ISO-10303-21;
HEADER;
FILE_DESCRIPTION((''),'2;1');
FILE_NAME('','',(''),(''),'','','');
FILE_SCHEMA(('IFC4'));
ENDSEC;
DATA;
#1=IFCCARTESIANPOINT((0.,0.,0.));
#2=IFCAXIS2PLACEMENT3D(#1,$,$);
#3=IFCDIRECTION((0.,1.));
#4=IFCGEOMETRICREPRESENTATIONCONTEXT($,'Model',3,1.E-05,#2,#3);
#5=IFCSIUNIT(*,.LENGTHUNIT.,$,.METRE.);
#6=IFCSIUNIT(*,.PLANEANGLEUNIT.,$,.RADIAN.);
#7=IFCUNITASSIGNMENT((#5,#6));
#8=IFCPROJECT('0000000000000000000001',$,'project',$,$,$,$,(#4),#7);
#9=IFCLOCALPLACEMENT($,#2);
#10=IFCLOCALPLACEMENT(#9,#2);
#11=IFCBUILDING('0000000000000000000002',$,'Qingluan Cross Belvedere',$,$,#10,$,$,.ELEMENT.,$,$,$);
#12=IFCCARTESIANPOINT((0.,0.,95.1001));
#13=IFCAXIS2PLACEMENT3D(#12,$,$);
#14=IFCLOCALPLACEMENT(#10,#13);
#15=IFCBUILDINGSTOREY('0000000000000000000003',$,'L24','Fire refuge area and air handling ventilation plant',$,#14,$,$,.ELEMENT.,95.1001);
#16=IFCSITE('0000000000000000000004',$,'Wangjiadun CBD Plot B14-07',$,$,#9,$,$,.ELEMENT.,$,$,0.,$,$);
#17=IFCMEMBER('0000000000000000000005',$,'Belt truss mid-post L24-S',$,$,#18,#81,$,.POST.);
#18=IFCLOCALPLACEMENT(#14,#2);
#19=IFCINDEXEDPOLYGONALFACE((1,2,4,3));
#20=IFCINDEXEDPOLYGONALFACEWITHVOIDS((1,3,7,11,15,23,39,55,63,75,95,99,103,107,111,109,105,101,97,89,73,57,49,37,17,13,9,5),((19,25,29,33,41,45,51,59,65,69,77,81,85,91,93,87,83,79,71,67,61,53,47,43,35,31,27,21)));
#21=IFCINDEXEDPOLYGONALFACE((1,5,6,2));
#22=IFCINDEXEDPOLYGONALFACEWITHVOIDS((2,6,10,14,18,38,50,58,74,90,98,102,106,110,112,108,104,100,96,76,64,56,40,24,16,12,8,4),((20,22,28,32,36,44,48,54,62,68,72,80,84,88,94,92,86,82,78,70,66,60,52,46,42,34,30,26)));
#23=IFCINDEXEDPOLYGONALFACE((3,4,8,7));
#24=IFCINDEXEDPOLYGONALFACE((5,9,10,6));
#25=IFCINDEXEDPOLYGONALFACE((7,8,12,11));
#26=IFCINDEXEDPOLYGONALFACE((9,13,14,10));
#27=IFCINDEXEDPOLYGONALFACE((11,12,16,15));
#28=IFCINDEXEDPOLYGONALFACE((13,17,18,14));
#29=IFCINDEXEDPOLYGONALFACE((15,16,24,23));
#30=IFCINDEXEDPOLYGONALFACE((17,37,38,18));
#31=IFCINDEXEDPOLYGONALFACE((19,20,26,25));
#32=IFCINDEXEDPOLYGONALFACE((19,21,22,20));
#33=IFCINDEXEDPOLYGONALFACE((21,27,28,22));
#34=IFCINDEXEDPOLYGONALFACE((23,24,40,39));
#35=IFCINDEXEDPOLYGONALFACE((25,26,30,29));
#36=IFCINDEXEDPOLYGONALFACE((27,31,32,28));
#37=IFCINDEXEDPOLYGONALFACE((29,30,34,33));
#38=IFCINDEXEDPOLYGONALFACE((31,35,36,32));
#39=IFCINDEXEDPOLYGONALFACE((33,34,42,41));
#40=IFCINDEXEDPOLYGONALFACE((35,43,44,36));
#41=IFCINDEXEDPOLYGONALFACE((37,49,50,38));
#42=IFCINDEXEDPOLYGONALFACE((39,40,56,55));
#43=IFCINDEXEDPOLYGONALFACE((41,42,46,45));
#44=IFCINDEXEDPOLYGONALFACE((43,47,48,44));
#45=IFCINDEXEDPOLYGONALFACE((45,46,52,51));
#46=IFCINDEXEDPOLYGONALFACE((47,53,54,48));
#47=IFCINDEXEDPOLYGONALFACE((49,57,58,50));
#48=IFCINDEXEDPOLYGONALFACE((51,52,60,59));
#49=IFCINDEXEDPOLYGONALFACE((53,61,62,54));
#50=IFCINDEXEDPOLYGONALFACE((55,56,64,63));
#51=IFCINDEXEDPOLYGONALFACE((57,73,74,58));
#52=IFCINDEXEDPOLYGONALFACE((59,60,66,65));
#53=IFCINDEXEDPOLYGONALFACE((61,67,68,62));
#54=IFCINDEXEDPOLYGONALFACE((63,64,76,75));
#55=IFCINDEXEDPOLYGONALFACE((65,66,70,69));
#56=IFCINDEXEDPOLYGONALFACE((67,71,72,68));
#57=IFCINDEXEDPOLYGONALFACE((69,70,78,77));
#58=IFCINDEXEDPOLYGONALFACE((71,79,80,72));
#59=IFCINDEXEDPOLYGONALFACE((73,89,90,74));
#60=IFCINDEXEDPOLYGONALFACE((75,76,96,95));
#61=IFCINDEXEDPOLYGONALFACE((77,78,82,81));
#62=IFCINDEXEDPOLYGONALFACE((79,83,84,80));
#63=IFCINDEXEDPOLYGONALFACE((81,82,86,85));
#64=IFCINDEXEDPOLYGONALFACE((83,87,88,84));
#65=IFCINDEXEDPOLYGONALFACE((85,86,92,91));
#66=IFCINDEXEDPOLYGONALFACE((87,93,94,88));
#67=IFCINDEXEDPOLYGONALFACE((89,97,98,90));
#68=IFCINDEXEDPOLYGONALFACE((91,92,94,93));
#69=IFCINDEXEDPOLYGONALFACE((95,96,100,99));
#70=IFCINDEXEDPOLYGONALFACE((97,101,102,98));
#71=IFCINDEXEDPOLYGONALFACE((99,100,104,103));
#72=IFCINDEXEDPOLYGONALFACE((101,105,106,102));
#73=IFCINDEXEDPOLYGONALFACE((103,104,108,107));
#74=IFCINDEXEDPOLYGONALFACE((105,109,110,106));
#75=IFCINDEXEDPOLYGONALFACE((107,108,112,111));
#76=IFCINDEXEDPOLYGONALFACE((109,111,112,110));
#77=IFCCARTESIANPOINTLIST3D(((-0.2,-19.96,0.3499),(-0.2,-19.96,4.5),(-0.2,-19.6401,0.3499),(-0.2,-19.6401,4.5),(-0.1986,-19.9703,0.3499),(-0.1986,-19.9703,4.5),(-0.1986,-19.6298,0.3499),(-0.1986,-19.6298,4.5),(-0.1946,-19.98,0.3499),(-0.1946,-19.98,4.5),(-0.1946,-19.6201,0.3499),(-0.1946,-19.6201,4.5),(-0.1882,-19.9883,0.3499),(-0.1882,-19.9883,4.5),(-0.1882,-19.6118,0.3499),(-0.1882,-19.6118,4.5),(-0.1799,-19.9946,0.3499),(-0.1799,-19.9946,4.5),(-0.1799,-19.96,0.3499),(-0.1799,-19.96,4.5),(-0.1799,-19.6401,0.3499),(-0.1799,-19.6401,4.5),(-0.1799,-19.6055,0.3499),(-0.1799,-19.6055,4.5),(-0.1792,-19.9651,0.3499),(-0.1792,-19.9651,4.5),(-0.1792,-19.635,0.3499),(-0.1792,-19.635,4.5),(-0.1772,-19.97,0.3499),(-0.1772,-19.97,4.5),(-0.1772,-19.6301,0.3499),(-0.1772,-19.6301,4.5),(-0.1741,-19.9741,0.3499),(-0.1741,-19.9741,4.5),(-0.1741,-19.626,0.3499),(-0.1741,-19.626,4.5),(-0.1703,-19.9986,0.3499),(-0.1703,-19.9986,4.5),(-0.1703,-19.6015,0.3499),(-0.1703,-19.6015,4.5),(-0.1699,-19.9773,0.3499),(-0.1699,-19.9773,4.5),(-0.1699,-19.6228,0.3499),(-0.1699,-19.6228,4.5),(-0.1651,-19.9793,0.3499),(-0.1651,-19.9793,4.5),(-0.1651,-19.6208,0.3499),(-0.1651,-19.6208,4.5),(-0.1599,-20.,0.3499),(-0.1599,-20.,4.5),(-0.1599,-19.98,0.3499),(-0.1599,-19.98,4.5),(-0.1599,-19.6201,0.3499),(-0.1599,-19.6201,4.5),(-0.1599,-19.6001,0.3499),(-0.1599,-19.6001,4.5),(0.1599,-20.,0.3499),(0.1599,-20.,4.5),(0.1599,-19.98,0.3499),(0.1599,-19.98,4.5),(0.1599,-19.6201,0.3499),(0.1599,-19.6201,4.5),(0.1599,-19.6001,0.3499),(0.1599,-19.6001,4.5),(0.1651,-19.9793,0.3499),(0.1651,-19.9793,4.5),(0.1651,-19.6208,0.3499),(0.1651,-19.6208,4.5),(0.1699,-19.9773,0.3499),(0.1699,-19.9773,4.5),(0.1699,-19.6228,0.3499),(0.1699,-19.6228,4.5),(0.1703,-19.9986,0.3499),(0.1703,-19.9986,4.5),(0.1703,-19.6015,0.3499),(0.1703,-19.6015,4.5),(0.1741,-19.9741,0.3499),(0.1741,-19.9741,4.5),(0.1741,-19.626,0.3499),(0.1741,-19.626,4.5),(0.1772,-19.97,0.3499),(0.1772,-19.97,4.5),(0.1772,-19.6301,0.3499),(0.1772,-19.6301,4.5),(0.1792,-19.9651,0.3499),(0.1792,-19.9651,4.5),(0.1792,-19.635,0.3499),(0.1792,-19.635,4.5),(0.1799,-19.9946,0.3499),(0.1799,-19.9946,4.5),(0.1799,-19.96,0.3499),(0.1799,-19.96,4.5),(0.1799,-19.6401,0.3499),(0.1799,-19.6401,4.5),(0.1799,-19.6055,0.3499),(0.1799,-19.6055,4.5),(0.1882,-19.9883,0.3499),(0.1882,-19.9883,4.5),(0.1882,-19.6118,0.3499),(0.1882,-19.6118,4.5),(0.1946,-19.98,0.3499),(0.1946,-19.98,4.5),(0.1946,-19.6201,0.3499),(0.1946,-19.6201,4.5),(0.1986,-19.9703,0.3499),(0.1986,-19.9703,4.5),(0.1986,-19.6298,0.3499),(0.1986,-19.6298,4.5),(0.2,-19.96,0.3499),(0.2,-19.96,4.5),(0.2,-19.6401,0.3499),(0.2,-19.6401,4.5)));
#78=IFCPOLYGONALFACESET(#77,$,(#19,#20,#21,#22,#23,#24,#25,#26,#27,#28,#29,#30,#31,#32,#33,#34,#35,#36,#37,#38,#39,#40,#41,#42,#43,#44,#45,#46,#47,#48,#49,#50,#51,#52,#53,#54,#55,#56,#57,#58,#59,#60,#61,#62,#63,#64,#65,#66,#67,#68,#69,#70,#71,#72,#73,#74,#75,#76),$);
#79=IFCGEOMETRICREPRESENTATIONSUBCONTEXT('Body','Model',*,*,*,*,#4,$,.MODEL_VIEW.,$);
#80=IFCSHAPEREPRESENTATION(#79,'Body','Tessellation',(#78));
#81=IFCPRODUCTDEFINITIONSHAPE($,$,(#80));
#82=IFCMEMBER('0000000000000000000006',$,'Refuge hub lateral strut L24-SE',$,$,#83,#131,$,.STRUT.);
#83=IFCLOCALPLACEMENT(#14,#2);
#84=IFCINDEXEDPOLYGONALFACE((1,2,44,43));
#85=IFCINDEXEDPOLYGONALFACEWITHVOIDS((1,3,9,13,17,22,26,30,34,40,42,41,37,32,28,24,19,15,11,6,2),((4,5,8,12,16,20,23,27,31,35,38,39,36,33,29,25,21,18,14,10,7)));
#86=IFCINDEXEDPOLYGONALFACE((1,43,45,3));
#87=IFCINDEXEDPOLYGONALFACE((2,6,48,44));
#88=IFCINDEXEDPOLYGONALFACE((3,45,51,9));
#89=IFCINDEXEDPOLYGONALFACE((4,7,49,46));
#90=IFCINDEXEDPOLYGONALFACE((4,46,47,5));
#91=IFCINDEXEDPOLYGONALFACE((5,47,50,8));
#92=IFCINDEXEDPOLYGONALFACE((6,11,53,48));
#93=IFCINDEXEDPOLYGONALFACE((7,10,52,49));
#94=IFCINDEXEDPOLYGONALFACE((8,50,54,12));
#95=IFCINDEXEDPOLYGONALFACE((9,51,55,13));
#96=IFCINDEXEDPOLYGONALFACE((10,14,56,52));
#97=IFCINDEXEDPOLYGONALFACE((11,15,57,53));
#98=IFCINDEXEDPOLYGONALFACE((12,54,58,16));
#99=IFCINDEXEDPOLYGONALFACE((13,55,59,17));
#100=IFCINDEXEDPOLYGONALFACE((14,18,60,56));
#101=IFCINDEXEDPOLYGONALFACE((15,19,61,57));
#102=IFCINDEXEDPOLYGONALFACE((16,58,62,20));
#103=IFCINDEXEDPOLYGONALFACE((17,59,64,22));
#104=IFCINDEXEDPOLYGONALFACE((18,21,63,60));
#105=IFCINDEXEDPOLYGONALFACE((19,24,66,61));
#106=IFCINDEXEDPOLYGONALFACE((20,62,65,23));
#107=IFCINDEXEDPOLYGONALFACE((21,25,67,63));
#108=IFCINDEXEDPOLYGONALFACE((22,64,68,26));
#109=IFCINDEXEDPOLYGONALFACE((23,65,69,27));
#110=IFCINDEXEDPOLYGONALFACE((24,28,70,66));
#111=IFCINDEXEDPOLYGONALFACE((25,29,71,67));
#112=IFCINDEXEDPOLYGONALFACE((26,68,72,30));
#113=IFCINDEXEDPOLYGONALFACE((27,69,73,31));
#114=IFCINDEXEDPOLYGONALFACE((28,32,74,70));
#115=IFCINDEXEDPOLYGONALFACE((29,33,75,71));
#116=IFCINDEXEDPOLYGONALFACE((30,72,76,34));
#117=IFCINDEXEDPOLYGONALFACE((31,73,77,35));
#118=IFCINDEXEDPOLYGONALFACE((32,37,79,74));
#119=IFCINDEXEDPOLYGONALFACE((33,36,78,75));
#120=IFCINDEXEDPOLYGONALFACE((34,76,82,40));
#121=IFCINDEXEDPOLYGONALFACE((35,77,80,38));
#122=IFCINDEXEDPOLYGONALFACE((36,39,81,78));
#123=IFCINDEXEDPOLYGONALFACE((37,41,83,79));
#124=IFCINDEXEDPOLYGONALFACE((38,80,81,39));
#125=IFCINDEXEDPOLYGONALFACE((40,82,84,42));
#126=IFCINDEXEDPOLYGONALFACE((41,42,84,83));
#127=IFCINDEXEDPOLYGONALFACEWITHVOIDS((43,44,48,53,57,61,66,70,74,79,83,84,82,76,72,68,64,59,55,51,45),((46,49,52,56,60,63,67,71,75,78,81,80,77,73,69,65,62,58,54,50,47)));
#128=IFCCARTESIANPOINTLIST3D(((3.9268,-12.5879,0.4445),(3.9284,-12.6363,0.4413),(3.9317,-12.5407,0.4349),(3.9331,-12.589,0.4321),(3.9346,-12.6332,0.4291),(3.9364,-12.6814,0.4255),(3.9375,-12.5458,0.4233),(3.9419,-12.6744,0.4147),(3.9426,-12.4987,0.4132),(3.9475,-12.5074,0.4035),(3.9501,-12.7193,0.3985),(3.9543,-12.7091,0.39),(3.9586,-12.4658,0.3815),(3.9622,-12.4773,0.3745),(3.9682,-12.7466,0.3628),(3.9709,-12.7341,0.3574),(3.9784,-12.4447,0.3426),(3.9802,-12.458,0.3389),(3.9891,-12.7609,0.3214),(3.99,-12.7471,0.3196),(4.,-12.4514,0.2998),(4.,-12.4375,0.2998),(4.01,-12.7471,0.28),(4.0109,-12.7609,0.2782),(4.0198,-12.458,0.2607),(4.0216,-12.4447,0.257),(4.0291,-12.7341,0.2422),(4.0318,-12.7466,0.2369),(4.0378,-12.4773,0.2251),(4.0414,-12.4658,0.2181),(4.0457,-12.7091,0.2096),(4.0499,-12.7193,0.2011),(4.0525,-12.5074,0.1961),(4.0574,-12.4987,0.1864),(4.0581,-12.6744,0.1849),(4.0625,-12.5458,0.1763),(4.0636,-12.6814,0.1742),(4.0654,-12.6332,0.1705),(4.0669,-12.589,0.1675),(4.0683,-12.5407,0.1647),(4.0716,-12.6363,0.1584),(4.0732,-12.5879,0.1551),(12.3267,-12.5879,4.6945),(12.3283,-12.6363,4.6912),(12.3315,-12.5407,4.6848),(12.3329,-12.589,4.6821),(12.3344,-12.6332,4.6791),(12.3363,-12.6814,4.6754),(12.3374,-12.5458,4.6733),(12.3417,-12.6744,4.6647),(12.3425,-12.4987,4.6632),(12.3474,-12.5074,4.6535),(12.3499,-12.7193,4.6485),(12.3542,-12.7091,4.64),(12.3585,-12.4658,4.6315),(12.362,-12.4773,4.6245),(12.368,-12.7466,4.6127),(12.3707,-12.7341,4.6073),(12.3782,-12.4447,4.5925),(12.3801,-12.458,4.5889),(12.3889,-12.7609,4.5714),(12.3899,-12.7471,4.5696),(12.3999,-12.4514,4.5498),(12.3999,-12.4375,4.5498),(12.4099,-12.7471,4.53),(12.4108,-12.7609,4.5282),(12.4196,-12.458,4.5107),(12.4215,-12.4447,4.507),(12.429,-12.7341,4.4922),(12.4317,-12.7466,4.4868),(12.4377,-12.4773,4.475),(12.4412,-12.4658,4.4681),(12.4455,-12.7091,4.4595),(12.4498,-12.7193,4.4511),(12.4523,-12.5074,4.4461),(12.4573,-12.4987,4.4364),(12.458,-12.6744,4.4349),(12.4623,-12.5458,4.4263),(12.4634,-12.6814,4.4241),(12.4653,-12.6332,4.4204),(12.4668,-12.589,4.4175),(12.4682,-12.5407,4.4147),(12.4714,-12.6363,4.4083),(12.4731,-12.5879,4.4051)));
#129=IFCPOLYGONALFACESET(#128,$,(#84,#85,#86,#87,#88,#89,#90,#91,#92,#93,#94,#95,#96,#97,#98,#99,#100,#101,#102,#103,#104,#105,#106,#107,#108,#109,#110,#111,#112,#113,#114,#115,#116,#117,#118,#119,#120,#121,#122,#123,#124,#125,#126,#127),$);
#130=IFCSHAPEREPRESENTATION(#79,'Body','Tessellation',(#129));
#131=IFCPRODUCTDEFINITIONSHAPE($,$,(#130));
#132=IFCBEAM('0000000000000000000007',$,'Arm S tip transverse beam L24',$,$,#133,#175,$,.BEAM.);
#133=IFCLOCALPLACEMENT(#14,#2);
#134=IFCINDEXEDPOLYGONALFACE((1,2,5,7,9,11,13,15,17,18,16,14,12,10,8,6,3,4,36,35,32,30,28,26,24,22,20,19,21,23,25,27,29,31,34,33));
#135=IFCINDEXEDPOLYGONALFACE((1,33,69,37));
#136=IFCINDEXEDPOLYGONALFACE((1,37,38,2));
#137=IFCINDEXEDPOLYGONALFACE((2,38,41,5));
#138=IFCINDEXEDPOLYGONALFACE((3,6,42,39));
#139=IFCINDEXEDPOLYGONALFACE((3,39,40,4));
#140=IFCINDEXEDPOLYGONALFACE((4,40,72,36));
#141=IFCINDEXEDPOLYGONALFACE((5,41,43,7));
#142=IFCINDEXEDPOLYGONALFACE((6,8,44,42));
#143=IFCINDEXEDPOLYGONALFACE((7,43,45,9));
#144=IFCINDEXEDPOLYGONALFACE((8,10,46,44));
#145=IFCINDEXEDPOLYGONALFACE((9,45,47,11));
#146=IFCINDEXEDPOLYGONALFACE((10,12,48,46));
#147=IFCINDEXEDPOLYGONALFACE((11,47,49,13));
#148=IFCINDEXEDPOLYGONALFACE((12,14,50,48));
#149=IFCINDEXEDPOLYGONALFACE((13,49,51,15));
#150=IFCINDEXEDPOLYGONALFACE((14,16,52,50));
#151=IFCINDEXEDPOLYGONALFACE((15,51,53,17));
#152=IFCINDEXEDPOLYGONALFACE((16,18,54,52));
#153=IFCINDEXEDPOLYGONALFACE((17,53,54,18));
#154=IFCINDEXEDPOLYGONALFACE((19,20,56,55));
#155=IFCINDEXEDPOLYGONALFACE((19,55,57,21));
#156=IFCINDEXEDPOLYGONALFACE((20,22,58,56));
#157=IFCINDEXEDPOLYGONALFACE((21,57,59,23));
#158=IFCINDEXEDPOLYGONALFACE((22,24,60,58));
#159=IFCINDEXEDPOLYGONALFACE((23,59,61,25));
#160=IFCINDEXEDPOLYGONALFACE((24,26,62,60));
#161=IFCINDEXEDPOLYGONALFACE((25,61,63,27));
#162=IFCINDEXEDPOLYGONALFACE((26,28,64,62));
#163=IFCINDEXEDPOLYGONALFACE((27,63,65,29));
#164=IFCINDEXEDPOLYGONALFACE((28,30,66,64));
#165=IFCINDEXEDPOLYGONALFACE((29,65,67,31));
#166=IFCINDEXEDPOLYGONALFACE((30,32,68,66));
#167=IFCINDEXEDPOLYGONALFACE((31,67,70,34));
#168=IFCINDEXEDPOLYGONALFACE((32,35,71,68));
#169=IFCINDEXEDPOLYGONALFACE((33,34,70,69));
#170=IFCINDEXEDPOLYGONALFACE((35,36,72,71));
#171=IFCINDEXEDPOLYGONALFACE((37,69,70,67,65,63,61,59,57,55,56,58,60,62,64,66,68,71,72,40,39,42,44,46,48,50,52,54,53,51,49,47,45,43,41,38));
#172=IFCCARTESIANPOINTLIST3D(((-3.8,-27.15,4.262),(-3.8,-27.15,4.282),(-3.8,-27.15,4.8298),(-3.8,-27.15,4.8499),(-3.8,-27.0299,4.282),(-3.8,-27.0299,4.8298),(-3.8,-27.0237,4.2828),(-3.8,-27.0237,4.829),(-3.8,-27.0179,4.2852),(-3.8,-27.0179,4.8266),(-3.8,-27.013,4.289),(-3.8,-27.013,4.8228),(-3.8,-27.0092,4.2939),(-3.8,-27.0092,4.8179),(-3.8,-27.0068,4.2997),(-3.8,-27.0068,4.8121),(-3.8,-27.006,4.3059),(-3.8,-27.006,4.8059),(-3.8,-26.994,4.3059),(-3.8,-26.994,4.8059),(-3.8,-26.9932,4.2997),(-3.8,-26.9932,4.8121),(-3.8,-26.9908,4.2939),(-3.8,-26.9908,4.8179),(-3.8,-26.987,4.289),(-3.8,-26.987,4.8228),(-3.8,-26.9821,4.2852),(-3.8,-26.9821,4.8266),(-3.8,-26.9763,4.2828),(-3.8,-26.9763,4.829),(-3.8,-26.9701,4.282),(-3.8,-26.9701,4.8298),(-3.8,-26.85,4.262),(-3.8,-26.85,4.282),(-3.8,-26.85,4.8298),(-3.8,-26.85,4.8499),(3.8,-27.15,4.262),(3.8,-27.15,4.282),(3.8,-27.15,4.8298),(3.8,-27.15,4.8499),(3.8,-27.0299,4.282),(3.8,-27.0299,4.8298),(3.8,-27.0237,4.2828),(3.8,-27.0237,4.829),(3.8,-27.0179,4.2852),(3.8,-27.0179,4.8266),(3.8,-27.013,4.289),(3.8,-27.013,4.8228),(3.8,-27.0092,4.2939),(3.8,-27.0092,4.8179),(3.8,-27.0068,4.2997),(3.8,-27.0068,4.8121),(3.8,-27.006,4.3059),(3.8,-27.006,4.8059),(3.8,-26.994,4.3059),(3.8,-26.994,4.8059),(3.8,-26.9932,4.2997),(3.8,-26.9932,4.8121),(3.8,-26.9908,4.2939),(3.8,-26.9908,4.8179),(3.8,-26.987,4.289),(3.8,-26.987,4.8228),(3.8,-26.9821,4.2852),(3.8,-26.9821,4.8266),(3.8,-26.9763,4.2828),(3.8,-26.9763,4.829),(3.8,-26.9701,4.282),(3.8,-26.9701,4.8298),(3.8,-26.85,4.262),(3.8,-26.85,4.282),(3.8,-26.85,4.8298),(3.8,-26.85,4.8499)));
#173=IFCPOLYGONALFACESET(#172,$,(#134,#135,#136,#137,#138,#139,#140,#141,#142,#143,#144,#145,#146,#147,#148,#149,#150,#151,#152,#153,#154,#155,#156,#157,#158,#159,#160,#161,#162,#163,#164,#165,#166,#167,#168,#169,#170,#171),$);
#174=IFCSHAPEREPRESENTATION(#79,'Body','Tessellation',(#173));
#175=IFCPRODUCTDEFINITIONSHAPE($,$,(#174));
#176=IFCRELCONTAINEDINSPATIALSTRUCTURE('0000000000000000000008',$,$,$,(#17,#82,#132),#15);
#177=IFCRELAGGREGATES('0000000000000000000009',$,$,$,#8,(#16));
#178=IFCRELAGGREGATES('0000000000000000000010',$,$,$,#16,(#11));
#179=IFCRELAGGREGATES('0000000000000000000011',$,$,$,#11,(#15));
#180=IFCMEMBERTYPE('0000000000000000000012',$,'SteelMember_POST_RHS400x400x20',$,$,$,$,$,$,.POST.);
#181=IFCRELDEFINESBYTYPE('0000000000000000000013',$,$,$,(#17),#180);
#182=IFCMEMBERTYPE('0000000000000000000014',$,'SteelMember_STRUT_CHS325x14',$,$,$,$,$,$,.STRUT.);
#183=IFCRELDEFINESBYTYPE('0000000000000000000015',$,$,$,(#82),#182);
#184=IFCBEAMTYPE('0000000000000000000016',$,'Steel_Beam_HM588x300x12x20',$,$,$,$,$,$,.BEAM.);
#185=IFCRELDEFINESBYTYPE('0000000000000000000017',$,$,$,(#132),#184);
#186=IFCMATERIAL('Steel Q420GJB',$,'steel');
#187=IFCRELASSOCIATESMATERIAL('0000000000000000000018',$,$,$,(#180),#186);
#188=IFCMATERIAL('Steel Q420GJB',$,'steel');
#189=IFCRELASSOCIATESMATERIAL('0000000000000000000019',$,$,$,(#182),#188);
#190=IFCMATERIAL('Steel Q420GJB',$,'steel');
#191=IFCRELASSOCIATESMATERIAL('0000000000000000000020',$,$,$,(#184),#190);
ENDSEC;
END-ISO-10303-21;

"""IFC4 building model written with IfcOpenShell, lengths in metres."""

from ifc_helpers import new_model, si_unit, direction, frame, origin, origin_2d, place, context, subcontext, project, spatial, hollow_rectangle, hollow_circle, i_section, extrude, material, material_profile, profile_set, type_object, element, save


model = new_model("IFC4")

# Units and contexts
model_context = context("Model", 3, precision=1e-05, world=origin(), true_north=direction((0.0, 1.0)))
body_context = subcontext(model_context, "Body", "Model", "MODEL_VIEW")
ifc_project = project(units=[si_unit("LENGTHUNIT", "METRE"), si_unit("PLANEANGLEUNIT", "RADIAN")], contexts=[model_context])

# Site, building, storey
site_placement = place(None, origin())
site = spatial("IfcSite", under=ifc_project, at=site_placement, Name="Wangjiadun CBD Plot B14-07", CompositionType="ELEMENT", RefElevation=0.0)
building_placement = place(site_placement, origin())
building = spatial("IfcBuilding", under=site, at=building_placement, Name="Qingluan Cross Belvedere", CompositionType="ELEMENT")
storey_placement = place(building_placement, frame((0.0, 0.0, 95.1001)))
storey = spatial("IfcBuildingStorey", under=building, at=storey_placement, Name="L24", Description="Fire refuge area and air handling ventilation plant", CompositionType="ELEMENT", Elevation=95.1001)

# Members
ifc_material_1 = material(Name="Steel Q420GJB", Category="steel")
ifc_material_profile_1 = material_profile(ifc_material_1, hollow_rectangle(XDim=0.3999, YDim=0.3999, WallThickness=0.02, InnerFilletRadius=0.02, OuterFilletRadius=0.04, at=origin_2d()), Name="RHS400x400x20")
ifc_profile_set_1 = profile_set([ifc_material_profile_1], Name="Steel Q420GJB")
member_type_1 = type_object("IfcMemberType", Name="SteelMember_POST_RHS400x400x20", PredefinedType="POST", material=ifc_profile_set_1)
member_1_placement = place(storey_placement, frame((0.0, -19.8, 0.3499), z_axis=(0.0, 0.0, 1.0), x_axis=(1.0, 0.0, 0.0)))
element("IfcMember", 1, at=member_1_placement, inside=storey, type_object=member_type_1, Name="Belt truss mid-post L24-S", PredefinedType="POST", context=body_context, shape_type="SweptSolid", body=[
    extrude(hollow_rectangle(XDim=0.3999, YDim=0.3999, WallThickness=0.02, InnerFilletRadius=0.02, OuterFilletRadius=0.04, at=origin_2d()), origin(), (0.0, 0.0, 1.0), 4.1501),
])
ifc_material_2 = material(Name="Steel Q420GJB", Category="steel")
ifc_material_profile_2 = material_profile(ifc_material_2, hollow_circle(Radius=0.1626, WallThickness=0.0139, at=origin_2d()), Name="CHS325x14")
ifc_profile_set_2 = profile_set([ifc_material_profile_2], Name="Steel Q420GJB")
member_type_2 = type_object("IfcMemberType", Name="SteelMember_STRUT_CHS325x14", PredefinedType="STRUT", material=ifc_profile_set_2)
member_2_placement = place(storey_placement, frame((4.0, -12.6001, 0.2998), z_axis=(0.89229, 0.0, 0.451462), x_axis=(0.0, 1.0, 0.0)))
element("IfcMember", 2, at=member_2_placement, inside=storey, type_object=member_type_2, Name="Refuge hub lateral strut L24-SE", PredefinedType="STRUT", context=body_context, shape_type="SweptSolid", body=[
    extrude(hollow_circle(Radius=0.1626, WallThickness=0.0139, at=origin_2d()), origin(), (0.0, 0.0, 1.0), 9.4138),
])

# Beam
ifc_material_3 = material(Name="Steel Q420GJB", Category="steel")
ifc_material_profile_3 = material_profile(ifc_material_3, i_section(OverallWidth=0.3, OverallDepth=0.5879, WebThickness=0.012, FlangeThickness=0.02, FilletRadius=0.0239, at=origin_2d()), Name="HM588x300x12x20")
ifc_profile_set_3 = profile_set([ifc_material_profile_3], Name="Steel Q420GJB")
beam_type_1 = type_object("IfcBeamType", Name="Steel_Beam_HM588x300x12x20", PredefinedType="BEAM", material=ifc_profile_set_3)
beam_1_placement = place(storey_placement, frame((-3.8, -27.0, 4.5559), z_axis=(1.0, 0.0, 0.0), x_axis=(0.0, 1.0, 0.0)))
element("IfcBeam", 3, at=beam_1_placement, inside=storey, type_object=beam_type_1, Name="Arm S tip transverse beam L24", PredefinedType="BEAM", context=body_context, shape_type="SweptSolid", body=[
    extrude(i_section(OverallWidth=0.3, OverallDepth=0.5879, WebThickness=0.012, FlangeThickness=0.02, FilletRadius=0.0239, at=origin_2d()), origin(), (0.0, 0.0, 1.0), 7.6001),
])

save(model, "model.ifc")
